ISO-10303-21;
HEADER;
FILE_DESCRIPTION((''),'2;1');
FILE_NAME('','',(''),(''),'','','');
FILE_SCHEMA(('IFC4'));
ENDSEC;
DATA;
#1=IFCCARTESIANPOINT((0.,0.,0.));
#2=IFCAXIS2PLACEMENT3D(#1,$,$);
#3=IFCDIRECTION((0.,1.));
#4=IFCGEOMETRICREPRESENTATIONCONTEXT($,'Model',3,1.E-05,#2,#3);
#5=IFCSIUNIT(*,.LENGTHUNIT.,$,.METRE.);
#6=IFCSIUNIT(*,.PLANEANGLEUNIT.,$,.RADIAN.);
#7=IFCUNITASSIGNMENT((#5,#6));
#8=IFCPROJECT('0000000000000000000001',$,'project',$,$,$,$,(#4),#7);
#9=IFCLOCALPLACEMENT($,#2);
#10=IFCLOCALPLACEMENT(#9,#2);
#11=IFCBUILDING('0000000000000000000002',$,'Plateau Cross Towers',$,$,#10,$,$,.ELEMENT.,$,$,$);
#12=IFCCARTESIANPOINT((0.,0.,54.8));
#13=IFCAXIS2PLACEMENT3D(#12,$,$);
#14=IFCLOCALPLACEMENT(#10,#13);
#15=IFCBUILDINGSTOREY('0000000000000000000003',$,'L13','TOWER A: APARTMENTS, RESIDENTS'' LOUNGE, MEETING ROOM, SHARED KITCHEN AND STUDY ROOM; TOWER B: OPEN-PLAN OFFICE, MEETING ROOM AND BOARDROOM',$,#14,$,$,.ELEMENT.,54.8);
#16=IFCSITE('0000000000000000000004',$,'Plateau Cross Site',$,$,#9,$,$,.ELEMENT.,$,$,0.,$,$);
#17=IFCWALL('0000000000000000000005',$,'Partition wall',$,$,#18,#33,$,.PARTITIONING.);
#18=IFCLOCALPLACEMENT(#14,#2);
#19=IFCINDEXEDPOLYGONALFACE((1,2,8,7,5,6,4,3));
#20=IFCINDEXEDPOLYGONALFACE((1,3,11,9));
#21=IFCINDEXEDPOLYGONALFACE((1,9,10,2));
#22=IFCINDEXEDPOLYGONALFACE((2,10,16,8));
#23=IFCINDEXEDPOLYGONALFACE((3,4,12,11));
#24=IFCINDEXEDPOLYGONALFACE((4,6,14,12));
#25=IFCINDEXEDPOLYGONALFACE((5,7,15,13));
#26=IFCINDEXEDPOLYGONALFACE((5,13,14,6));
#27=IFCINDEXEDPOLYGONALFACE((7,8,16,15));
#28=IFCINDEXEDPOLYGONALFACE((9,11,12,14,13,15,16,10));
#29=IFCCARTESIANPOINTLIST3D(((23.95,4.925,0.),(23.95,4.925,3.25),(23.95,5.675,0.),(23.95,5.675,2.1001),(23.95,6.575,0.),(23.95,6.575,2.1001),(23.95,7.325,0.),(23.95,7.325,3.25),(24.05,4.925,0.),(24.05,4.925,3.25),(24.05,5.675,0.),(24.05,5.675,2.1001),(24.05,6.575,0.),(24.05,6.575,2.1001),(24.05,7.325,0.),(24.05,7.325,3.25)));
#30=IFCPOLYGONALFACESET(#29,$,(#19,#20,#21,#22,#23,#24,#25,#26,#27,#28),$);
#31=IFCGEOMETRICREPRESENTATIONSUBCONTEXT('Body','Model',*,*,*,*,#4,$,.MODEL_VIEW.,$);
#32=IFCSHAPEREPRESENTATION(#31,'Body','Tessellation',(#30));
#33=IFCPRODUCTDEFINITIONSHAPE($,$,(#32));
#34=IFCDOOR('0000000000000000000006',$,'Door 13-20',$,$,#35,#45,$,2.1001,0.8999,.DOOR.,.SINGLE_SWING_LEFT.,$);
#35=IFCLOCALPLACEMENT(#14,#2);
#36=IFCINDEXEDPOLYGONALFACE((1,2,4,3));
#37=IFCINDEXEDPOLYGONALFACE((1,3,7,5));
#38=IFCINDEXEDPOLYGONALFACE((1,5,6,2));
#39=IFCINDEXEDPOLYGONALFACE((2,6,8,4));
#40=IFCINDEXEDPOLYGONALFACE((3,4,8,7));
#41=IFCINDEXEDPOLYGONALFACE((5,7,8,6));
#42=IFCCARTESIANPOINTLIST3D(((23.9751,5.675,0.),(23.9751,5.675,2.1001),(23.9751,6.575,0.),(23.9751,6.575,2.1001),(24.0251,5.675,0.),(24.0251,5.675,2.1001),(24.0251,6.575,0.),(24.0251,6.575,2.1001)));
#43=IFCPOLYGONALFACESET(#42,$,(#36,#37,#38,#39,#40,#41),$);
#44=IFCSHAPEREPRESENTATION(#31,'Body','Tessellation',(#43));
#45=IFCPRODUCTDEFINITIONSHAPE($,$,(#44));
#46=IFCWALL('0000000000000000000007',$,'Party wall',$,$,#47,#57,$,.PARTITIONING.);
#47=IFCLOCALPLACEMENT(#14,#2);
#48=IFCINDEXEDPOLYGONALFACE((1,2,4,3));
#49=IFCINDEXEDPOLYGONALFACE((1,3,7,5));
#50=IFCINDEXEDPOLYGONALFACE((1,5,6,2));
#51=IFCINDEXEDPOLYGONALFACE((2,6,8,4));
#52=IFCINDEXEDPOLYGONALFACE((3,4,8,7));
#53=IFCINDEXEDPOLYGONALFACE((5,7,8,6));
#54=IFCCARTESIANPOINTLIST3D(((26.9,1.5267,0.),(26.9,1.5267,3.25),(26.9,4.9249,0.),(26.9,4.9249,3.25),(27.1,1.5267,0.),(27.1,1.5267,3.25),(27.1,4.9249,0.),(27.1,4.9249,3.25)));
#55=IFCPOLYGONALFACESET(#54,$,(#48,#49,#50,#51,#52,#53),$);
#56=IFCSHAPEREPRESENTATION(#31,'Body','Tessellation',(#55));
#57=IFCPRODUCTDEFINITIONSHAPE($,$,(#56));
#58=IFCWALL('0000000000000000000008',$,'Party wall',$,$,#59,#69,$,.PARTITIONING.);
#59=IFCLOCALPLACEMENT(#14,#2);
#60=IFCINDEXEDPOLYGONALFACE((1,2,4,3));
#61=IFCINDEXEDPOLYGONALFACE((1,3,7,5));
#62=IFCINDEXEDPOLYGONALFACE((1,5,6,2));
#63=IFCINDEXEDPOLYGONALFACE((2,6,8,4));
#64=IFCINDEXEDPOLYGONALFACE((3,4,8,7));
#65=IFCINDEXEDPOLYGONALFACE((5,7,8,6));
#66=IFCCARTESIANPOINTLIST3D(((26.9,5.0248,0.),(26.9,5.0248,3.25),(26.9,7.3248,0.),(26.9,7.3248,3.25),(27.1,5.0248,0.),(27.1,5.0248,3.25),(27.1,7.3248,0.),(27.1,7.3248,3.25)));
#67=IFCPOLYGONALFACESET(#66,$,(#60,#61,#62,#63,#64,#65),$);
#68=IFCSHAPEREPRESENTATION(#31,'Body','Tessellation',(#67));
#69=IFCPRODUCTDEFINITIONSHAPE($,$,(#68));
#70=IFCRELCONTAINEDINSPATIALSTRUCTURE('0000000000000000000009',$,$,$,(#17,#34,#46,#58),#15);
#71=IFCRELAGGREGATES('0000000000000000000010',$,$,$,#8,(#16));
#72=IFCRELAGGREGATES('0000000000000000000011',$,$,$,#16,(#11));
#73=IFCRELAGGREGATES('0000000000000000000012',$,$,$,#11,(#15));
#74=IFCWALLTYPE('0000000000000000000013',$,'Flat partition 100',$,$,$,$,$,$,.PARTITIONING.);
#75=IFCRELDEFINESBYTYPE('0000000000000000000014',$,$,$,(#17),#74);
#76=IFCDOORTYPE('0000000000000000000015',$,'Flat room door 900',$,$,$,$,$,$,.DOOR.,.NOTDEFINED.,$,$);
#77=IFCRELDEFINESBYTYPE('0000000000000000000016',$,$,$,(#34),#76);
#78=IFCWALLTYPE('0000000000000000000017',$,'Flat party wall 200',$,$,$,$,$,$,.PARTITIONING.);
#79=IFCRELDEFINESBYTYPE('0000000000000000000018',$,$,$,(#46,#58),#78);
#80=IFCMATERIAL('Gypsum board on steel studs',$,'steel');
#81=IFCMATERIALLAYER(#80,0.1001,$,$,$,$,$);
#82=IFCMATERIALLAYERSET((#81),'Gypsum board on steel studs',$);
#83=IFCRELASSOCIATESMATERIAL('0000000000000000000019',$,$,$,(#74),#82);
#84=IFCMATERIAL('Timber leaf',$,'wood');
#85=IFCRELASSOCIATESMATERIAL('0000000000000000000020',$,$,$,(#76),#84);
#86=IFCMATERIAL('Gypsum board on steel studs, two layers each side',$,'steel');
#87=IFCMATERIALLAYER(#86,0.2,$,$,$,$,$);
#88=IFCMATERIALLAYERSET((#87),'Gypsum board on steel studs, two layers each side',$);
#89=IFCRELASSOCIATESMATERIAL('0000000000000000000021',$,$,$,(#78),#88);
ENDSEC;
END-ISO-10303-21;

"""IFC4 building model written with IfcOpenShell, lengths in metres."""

from ifc_helpers import new_model, si_unit, direction, frame, frame_2d, origin, place, context, subcontext, project, spatial, rectangle, extrude, material, layer, layer_set, type_object, element, fill, save


model = new_model("IFC4")

# Units and contexts
model_context = context("Model", 3, precision=1e-05, world=origin(), true_north=direction((0.0, 1.0)))
body_context = subcontext(model_context, "Body", "Model", "MODEL_VIEW")
ifc_project = project(units=[si_unit("LENGTHUNIT", "METRE"), si_unit("PLANEANGLEUNIT", "RADIAN")], contexts=[model_context])

# Site, building, storey
site_placement = place(None, origin())
site = spatial("IfcSite", under=ifc_project, at=site_placement, Name="Plateau Cross Site", CompositionType="ELEMENT", RefElevation=0.0)
building_placement = place(site_placement, origin())
building = spatial("IfcBuilding", under=site, at=building_placement, Name="Plateau Cross Towers", CompositionType="ELEMENT")
storey_placement = place(building_placement, frame((0.0, 0.0, 54.8)))
storey = spatial("IfcBuildingStorey", under=building, at=storey_placement, Name="L13", Description="TOWER A: APARTMENTS, RESIDENTS' LOUNGE, MEETING ROOM, SHARED KITCHEN AND STUDY ROOM; TOWER B: OPEN-PLAN OFFICE, MEETING ROOM AND BOARDROOM", CompositionType="ELEMENT", Elevation=54.8)

# Shared definitions
ifc_material_1 = material(Name="Gypsum board on steel studs", Category="steel")
ifc_layer_1 = layer(ifc_material_1, 0.1001)
ifc_layer_set_1 = layer_set([ifc_layer_1], Name="Gypsum board on steel studs")
wall_type_1 = type_object("IfcWallType", Name="Flat partition 100", PredefinedType="PARTITIONING", material=ifc_layer_set_1)

# Wall, opening, door
wall_1_placement = place(storey_placement, frame((24.0, 4.925, 0.0), z_axis=(0.0, 0.0, 1.0), x_axis=(0.0, 1.0, 0.0)))
wall_1 = element("IfcWall", 1, at=wall_1_placement, inside=storey, type_object=wall_type_1, Name="Partition wall", PredefinedType="PARTITIONING", context=body_context, shape_type="SweptSolid", body=[
    extrude(rectangle(XDim=2.3999, YDim=0.1001, at=frame_2d((1.2, 0.0))), origin(), (0.0, 0.0, 1.0), 3.25),
])
opening_1_placement = place(wall_1_placement, frame((0.75, 0.0, 0.0)))
opening_1 = element("IfcOpeningElement", 2, at=opening_1_placement, cuts=wall_1, PredefinedType="OPENING", context=body_context, shape_type="SweptSolid", body=[
    extrude(rectangle(XDim=0.8999, YDim=2.1001, at=frame_2d((0.45, 1.05))), frame((0.0, 0.0601, 0.0), z_axis=(0.0, -1.0, 0.0), x_axis=(1.0, 0.0, 0.0)), (0.0, 0.0, 1.0), 0.1201),
])
ifc_material_2 = material(Name="Timber leaf", Category="wood")
door_type_1 = type_object("IfcDoorType", Name="Flat room door 900", OperationType="NOTDEFINED", PredefinedType="DOOR", material=ifc_material_2)
door_1_placement = place(opening_1_placement, origin())
door_1 = element("IfcDoor", 3, at=door_1_placement, inside=storey, type_object=door_type_1, Name="Door 13-20", OperationType="SINGLE_SWING_LEFT", OverallHeight=2.1001, OverallWidth=0.8999, PredefinedType="DOOR", context=body_context, shape_type="SweptSolid", body=[
    extrude(rectangle(XDim=0.8999, YDim=2.1001, at=frame_2d((0.45, 1.05))), frame((0.0, 0.0249, 0.0), z_axis=(0.0, -1.0, 0.0), x_axis=(1.0, 0.0, 0.0)), (0.0, 0.0, 1.0), 0.05),
])
fill(opening_1, door_1)

# Walls
ifc_material_3 = material(Name="Gypsum board on steel studs, two layers each side", Category="steel")
ifc_layer_2 = layer(ifc_material_3, 0.2)
ifc_layer_set_2 = layer_set([ifc_layer_2], Name="Gypsum board on steel studs, two layers each side")
wall_type_2 = type_object("IfcWallType", Name="Flat party wall 200", PredefinedType="PARTITIONING", material=ifc_layer_set_2)
wall_2_placement = place(storey_placement, frame((27.0, 4.925, 0.0), z_axis=(0.0, 0.0, 1.0), x_axis=(0.0, -1.0, 0.0)))
element("IfcWall", 4, at=wall_2_placement, inside=storey, type_object=wall_type_2, Name="Party wall", PredefinedType="PARTITIONING", context=body_context, shape_type="SweptSolid", body=[
    extrude(rectangle(XDim=3.3982, YDim=0.2, at=frame_2d((1.6992, 0.0))), origin(), (0.0, 0.0, 1.0), 3.25),
])
wall_3_placement = place(storey_placement, frame((27.0, 5.0249, 0.0), z_axis=(0.0, 0.0, 1.0), x_axis=(0.0, 1.0, 0.0)))
element("IfcWall", 5, at=wall_3_placement, inside=storey, type_object=wall_type_2, Name="Party wall", PredefinedType="PARTITIONING", context=body_context, shape_type="SweptSolid", body=[
    extrude(rectangle(XDim=2.3, YDim=0.2, at=frame_2d((1.1499, 0.0))), origin(), (0.0, 0.0, 1.0), 3.25),
])

save(model, "model.ifc")
